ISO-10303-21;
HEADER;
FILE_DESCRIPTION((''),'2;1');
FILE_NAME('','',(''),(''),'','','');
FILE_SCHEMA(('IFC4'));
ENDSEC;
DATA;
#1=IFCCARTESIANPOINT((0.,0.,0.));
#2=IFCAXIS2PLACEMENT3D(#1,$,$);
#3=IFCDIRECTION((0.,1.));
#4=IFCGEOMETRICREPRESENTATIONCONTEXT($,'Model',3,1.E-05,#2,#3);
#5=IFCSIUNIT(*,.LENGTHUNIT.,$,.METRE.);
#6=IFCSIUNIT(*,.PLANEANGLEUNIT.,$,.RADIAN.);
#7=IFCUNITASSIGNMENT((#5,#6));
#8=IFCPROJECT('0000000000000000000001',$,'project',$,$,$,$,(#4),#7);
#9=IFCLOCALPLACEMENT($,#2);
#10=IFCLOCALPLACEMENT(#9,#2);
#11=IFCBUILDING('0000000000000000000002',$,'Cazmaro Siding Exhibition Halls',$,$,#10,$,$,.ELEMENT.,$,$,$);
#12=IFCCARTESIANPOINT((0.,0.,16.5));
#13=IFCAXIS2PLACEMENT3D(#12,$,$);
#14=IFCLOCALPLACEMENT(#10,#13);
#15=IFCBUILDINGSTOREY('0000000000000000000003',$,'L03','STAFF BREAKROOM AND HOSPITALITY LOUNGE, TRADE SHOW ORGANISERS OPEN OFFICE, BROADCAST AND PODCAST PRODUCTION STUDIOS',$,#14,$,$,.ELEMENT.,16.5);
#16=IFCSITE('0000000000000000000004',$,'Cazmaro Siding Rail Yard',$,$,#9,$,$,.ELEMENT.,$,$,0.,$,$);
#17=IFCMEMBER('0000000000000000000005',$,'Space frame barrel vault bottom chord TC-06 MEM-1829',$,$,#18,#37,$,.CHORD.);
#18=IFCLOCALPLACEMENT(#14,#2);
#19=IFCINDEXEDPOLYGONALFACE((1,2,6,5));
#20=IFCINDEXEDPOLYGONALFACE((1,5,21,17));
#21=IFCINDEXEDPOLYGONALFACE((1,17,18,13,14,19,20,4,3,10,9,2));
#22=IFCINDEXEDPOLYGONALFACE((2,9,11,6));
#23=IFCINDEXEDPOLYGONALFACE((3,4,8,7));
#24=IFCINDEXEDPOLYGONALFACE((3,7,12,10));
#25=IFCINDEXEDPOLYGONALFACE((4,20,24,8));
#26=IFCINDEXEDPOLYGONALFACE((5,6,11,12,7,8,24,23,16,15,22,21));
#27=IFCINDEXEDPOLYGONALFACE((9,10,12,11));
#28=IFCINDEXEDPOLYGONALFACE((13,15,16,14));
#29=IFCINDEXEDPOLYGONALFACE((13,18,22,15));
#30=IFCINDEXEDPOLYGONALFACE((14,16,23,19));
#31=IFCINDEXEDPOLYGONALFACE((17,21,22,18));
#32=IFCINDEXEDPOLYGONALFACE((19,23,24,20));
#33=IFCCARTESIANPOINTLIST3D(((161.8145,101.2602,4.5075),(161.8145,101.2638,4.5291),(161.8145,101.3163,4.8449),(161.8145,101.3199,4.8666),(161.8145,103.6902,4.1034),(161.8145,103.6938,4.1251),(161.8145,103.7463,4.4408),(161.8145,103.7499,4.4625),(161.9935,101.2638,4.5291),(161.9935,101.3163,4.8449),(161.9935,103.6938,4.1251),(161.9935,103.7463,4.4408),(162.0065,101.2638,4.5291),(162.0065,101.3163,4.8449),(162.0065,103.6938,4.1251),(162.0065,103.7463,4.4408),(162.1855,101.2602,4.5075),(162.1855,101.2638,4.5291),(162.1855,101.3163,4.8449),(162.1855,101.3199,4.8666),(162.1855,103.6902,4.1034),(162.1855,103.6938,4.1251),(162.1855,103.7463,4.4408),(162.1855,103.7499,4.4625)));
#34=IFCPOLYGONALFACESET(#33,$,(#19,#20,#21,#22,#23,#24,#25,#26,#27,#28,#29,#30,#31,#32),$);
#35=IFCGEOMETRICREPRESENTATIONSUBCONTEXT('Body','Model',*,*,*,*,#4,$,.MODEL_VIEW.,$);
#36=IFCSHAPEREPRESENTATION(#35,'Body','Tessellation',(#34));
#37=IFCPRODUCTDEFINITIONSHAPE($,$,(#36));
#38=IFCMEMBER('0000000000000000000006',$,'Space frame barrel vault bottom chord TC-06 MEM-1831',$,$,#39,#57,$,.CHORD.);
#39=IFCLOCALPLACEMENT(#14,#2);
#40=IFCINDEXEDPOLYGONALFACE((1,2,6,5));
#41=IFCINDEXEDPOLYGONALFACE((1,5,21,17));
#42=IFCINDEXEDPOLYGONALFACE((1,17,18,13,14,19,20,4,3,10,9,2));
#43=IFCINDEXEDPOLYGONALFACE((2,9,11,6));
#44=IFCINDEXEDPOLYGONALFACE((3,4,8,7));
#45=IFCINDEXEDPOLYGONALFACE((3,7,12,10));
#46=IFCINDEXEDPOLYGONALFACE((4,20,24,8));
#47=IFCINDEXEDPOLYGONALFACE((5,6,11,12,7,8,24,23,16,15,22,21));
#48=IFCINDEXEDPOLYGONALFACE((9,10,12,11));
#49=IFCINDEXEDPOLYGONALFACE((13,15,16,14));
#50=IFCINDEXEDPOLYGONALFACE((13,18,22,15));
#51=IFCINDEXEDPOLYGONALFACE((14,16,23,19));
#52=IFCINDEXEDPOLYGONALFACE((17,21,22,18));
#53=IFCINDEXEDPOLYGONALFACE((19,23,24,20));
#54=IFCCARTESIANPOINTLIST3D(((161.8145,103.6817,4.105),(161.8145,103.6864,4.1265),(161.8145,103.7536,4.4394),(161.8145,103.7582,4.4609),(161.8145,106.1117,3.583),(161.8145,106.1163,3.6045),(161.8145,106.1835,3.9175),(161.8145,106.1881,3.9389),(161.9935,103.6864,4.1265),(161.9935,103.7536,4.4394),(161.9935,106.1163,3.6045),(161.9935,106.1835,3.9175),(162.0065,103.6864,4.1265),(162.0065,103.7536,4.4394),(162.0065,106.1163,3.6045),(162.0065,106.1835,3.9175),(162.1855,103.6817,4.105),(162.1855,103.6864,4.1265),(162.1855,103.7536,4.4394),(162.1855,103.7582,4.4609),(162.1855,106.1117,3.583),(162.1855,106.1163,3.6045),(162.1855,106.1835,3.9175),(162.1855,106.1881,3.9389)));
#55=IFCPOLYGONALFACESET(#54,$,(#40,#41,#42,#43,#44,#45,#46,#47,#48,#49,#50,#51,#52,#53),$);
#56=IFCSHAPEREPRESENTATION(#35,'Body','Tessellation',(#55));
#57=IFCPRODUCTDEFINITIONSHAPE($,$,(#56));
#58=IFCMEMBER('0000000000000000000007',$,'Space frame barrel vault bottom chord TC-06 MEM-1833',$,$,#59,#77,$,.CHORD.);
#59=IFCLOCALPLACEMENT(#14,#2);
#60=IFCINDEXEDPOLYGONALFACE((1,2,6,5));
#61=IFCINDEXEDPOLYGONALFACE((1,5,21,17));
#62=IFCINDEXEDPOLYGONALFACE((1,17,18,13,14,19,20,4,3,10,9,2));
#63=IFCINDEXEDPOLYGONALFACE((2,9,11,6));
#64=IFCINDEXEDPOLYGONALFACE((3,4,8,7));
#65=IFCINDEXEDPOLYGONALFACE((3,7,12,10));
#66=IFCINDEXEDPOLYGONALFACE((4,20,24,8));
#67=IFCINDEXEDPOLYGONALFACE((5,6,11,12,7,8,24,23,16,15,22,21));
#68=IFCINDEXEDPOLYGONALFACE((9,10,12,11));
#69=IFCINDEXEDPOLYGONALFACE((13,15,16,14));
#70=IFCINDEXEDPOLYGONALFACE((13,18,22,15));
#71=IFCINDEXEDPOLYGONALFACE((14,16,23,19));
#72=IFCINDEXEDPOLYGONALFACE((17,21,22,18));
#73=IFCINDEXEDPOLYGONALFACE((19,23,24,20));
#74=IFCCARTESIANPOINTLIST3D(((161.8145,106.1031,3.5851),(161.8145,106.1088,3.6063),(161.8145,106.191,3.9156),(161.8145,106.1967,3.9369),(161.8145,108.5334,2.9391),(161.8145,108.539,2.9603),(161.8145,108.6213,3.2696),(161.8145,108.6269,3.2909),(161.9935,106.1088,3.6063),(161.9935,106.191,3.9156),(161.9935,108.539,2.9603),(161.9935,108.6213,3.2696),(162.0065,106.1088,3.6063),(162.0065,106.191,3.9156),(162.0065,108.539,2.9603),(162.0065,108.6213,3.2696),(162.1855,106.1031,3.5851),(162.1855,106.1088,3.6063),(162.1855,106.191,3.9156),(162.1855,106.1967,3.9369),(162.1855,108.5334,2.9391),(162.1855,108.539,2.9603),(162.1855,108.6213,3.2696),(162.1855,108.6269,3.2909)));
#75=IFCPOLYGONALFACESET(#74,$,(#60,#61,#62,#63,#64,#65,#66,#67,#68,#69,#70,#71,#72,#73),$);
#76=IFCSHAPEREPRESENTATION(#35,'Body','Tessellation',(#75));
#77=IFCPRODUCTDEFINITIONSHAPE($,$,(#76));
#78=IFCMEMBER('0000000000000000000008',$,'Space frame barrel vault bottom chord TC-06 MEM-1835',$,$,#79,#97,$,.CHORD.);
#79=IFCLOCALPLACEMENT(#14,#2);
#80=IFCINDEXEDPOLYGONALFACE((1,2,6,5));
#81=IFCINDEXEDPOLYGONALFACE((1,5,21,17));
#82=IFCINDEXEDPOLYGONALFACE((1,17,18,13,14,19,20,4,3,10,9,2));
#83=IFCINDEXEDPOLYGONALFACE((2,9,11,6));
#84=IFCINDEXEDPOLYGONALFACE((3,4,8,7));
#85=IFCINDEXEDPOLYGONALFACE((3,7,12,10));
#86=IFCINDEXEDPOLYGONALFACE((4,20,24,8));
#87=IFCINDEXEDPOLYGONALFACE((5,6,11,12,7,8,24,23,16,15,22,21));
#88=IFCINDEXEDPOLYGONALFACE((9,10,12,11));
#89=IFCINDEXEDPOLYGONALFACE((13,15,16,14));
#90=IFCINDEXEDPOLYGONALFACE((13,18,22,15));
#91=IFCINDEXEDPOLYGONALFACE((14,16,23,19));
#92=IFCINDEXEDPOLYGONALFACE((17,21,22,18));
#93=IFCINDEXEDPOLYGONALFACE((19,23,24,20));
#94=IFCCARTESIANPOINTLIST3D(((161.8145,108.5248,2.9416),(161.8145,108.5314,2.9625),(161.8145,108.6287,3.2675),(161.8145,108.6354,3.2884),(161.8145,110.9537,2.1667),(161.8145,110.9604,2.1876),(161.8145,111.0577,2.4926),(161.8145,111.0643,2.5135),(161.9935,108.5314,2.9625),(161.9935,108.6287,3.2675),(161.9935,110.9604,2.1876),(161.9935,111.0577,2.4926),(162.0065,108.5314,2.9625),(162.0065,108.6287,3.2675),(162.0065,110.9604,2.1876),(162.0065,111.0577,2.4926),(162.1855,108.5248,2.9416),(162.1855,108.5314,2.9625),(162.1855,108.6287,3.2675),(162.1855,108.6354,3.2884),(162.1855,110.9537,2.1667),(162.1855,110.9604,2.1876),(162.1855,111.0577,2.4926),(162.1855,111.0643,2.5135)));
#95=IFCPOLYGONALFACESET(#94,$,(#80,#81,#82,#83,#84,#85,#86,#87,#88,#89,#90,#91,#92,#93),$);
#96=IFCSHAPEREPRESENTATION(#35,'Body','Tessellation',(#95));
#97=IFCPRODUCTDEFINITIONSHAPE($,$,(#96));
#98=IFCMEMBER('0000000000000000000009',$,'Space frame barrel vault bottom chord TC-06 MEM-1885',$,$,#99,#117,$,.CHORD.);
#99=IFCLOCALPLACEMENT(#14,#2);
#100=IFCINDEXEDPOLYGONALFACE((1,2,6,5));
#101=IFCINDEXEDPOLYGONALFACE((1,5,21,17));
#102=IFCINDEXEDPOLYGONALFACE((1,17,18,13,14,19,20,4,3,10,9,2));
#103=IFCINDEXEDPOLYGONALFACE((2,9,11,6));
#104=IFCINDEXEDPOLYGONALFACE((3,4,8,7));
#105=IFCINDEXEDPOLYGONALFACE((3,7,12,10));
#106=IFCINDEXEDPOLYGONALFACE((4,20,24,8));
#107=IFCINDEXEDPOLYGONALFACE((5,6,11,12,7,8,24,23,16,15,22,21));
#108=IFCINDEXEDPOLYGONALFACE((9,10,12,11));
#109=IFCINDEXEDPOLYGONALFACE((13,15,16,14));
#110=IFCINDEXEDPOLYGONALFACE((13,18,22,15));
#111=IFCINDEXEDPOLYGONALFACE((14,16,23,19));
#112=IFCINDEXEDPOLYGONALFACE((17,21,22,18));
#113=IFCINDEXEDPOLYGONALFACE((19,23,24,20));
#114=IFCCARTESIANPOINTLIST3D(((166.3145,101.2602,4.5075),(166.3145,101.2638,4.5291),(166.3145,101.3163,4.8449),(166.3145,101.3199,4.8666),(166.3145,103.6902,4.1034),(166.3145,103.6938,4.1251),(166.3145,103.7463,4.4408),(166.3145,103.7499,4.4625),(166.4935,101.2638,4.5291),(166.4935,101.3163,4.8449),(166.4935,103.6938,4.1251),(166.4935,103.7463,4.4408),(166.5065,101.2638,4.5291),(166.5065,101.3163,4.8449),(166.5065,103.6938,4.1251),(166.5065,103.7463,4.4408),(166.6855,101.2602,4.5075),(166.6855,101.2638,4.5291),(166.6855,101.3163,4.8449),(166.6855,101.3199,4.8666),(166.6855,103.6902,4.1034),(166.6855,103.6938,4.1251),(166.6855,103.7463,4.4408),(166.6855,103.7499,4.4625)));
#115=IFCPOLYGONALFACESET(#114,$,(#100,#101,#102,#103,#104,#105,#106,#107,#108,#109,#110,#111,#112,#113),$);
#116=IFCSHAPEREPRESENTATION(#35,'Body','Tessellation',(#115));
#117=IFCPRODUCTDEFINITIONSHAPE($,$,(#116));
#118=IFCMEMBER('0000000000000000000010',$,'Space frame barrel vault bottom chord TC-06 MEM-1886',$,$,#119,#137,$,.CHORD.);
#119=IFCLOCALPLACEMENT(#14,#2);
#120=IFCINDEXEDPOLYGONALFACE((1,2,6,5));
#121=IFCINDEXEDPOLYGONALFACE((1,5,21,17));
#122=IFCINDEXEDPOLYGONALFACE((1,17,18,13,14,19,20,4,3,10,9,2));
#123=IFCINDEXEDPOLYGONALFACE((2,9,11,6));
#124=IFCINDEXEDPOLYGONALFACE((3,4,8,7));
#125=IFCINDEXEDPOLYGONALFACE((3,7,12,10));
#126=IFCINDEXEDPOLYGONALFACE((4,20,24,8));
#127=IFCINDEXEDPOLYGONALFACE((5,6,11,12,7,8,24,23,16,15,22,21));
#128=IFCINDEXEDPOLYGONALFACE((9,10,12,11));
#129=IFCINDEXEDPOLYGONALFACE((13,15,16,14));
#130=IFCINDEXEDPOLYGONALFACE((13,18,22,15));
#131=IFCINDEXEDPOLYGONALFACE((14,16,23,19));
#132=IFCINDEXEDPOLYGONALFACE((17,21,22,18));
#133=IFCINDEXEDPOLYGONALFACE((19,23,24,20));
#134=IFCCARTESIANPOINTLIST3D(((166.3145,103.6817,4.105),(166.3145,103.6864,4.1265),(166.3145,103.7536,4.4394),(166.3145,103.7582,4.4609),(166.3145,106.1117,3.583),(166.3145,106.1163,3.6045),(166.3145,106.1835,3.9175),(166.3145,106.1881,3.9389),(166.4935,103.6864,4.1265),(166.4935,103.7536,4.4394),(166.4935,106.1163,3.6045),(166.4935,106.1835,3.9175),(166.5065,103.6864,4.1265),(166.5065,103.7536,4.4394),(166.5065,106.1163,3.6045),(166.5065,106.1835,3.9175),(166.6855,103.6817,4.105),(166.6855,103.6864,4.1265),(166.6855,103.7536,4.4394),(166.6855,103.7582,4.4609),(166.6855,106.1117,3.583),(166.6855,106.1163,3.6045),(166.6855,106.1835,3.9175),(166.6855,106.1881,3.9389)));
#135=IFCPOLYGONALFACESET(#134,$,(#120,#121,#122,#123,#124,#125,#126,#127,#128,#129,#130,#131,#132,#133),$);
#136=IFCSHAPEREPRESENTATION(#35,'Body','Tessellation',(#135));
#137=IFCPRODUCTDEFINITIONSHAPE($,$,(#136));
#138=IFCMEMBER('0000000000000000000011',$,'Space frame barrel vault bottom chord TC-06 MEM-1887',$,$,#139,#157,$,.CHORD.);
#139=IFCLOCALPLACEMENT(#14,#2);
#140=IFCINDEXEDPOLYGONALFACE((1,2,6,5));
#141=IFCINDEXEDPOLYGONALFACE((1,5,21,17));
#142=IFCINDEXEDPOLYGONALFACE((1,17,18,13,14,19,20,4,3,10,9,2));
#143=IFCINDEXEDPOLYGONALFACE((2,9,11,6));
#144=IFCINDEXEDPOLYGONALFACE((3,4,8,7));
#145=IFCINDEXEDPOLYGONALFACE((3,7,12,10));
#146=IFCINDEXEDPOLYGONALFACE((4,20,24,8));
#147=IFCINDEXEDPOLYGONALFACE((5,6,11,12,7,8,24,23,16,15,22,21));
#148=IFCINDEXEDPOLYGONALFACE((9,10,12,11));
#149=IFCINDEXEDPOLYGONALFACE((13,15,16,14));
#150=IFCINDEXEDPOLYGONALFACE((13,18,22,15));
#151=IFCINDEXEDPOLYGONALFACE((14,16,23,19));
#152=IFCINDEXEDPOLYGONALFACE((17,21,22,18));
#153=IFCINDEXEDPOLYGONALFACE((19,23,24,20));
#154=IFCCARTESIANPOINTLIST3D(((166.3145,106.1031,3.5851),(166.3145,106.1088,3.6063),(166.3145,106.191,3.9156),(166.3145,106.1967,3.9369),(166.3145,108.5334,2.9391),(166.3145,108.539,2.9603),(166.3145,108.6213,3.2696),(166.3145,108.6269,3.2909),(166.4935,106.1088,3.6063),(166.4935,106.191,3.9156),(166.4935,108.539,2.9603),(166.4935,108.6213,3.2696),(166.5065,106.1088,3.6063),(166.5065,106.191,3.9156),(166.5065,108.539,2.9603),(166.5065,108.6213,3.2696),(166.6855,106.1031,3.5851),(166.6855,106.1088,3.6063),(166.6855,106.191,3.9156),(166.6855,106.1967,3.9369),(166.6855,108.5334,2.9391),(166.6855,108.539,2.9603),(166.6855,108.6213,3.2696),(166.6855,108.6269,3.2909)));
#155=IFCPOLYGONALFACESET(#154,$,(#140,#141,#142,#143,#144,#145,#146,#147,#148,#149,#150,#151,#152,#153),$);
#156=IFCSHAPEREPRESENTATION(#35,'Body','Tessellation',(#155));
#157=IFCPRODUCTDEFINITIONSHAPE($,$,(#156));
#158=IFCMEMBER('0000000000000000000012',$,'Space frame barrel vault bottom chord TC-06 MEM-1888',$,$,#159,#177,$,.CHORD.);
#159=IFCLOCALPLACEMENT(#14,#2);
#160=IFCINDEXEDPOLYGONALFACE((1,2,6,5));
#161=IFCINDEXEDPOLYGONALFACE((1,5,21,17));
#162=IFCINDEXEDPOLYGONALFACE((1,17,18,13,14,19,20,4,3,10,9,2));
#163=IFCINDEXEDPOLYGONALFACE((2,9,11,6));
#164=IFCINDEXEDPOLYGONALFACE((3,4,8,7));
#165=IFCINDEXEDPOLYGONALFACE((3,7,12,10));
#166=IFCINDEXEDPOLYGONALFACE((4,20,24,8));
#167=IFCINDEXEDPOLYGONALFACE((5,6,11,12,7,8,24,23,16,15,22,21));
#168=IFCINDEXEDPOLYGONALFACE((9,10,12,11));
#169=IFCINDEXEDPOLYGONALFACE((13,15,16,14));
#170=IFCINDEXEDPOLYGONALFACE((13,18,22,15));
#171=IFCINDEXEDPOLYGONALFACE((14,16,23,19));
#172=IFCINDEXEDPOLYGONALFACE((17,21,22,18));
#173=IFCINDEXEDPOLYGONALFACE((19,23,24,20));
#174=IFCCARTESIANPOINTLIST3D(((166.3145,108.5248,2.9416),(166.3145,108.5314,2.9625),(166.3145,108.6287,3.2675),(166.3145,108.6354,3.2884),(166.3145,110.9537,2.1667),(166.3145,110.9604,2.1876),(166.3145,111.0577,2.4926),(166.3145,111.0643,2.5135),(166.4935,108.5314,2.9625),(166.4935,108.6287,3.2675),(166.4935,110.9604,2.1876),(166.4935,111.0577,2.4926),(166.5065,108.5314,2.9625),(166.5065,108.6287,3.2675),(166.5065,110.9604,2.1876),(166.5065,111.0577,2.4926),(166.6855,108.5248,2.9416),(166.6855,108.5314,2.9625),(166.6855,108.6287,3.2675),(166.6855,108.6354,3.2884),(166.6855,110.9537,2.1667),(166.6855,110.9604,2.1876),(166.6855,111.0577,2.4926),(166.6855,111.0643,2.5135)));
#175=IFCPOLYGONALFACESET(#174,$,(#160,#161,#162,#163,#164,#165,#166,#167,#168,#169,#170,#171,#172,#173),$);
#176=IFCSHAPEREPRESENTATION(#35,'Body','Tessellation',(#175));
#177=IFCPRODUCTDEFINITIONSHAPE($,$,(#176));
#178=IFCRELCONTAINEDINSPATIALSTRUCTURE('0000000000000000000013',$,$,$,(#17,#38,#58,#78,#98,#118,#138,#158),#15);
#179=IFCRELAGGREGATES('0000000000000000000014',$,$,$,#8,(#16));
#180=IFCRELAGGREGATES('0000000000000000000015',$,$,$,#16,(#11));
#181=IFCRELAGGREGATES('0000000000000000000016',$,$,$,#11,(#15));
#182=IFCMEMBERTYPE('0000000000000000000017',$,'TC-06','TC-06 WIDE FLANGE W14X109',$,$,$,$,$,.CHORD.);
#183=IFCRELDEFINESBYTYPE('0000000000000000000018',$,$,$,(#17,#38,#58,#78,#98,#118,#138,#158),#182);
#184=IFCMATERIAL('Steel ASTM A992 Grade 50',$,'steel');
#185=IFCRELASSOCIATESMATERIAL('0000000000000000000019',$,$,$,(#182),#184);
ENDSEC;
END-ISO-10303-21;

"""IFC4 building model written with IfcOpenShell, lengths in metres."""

from ifc_helpers import new_model, si_unit, direction, frame, origin, origin_2d, place, context, subcontext, project, spatial, i_section, extrude, material, material_profile, profile_set, type_object, element, save


model = new_model("IFC4")

# Units and contexts
model_context = context("Model", 3, precision=1e-05, world=origin(), true_north=direction((0.0, 1.0)))
body_context = subcontext(model_context, "Body", "Model", "MODEL_VIEW")
ifc_project = project(units=[si_unit("LENGTHUNIT", "METRE"), si_unit("PLANEANGLEUNIT", "RADIAN")], contexts=[model_context])

# Site, building, storey
site_placement = place(None, origin())
site = spatial("IfcSite", under=ifc_project, at=site_placement, Name="Cazmaro Siding Rail Yard", CompositionType="ELEMENT", RefElevation=0.0)
building_placement = place(site_placement, origin())
building = spatial("IfcBuilding", under=site, at=building_placement, Name="Cazmaro Siding Exhibition Halls", CompositionType="ELEMENT")
storey_placement = place(building_placement, frame((0.0, 0.0, 16.5)))
storey = spatial("IfcBuildingStorey", under=building, at=storey_placement, Name="L03", Description="STAFF BREAKROOM AND HOSPITALITY LOUNGE, TRADE SHOW ORGANISERS OPEN OFFICE, BROADCAST AND PODCAST PRODUCTION STUDIOS", CompositionType="ELEMENT", Elevation=16.5)

# Members
ifc_material_1 = material(Name="Steel ASTM A992 Grade 50", Category="steel")
ifc_material_profile_1 = material_profile(ifc_material_1, i_section(OverallWidth=0.3711, OverallDepth=0.364, WebThickness=0.0129, FlangeThickness=0.022, at=origin_2d()), Name="W14X109")
ifc_profile_set_1 = profile_set([ifc_material_profile_1], Name="Steel ASTM A992 Grade 50")
member_type_1 = type_object("IfcMemberType", Name="TC-06", Description="TC-06 WIDE FLANGE W14X109", PredefinedType="CHORD", material=ifc_profile_set_1)
member_1_placement = place(storey_placement, frame((162.0, 101.29, 4.687), z_axis=(0.0, 0.986455, -0.164029), x_axis=(-1.0, 0.0, 0.0)))
element("IfcMember", 1, at=member_1_placement, inside=storey, type_object=member_type_1, Name="Space frame barrel vault bottom chord TC-06 MEM-1829", PredefinedType="CHORD", context=body_context, shape_type="SweptSolid", body=[
    extrude(i_section(OverallWidth=0.3711, OverallDepth=0.364, WebThickness=0.0129, FlangeThickness=0.022, at=origin_2d()), origin(), (0.0, 0.0, 1.0), 2.4634),
])
member_2_placement = place(storey_placement, frame((162.0, 103.72, 4.283), z_axis=(0.0, 0.977697, -0.210019), x_axis=(-1.0, 0.0, 0.0)))
element("IfcMember", 2, at=member_2_placement, inside=storey, type_object=member_type_1, Name="Space frame barrel vault bottom chord TC-06 MEM-1831", PredefinedType="CHORD", context=body_context, shape_type="SweptSolid", body=[
    extrude(i_section(OverallWidth=0.3711, OverallDepth=0.364, WebThickness=0.0129, FlangeThickness=0.022, at=origin_2d()), origin(), (0.0, 0.0, 1.0), 2.4854),
])
member_3_placement = place(storey_placement, frame((162.0, 106.1499, 3.761), z_axis=(0.0, 0.966438, -0.256901), x_axis=(-1.0, 0.0, 0.0)))
element("IfcMember", 3, at=member_3_placement, inside=storey, type_object=member_type_1, Name="Space frame barrel vault bottom chord TC-06 MEM-1833", PredefinedType="CHORD", context=body_context, shape_type="SweptSolid", body=[
    extrude(i_section(OverallWidth=0.3711, OverallDepth=0.364, WebThickness=0.0129, FlangeThickness=0.022, at=origin_2d()), origin(), (0.0, 0.0, 1.0), 2.5146),
])
member_4_placement = place(storey_placement, frame((162.0, 108.5801, 3.115), z_axis=(0.0, 0.952693, -0.303935), x_axis=(-1.0, 0.0, 0.0)))
element("IfcMember", 4, at=member_4_placement, inside=storey, type_object=member_type_1, Name="Space frame barrel vault bottom chord TC-06 MEM-1835", PredefinedType="CHORD", context=body_context, shape_type="SweptSolid", body=[
    extrude(i_section(OverallWidth=0.3711, OverallDepth=0.364, WebThickness=0.0129, FlangeThickness=0.022, at=origin_2d()), origin(), (0.0, 0.0, 1.0), 2.5496),
])
member_5_placement = place(storey_placement, frame((166.5, 101.29, 4.687), z_axis=(0.0, 0.986455, -0.164029), x_axis=(-1.0, 0.0, 0.0)))
element("IfcMember", 5, at=member_5_placement, inside=storey, type_object=member_type_1, Name="Space frame barrel vault bottom chord TC-06 MEM-1885", PredefinedType="CHORD", context=body_context, shape_type="SweptSolid", body=[
    extrude(i_section(OverallWidth=0.3711, OverallDepth=0.364, WebThickness=0.0129, FlangeThickness=0.022, at=origin_2d()), origin(), (0.0, 0.0, 1.0), 2.4634),
])
member_6_placement = place(storey_placement, frame((166.5, 103.72, 4.283), z_axis=(0.0, 0.977697, -0.210019), x_axis=(-1.0, 0.0, 0.0)))
element("IfcMember", 6, at=member_6_placement, inside=storey, type_object=member_type_1, Name="Space frame barrel vault bottom chord TC-06 MEM-1886", PredefinedType="CHORD", context=body_context, shape_type="SweptSolid", body=[
    extrude(i_section(OverallWidth=0.3711, OverallDepth=0.364, WebThickness=0.0129, FlangeThickness=0.022, at=origin_2d()), origin(), (0.0, 0.0, 1.0), 2.4854),
])
member_7_placement = place(storey_placement, frame((166.5, 106.1499, 3.761), z_axis=(0.0, 0.966438, -0.256901), x_axis=(-1.0, 0.0, 0.0)))
element("IfcMember", 7, at=member_7_placement, inside=storey, type_object=member_type_1, Name="Space frame barrel vault bottom chord TC-06 MEM-1887", PredefinedType="CHORD", context=body_context, shape_type="SweptSolid", body=[
    extrude(i_section(OverallWidth=0.3711, OverallDepth=0.364, WebThickness=0.0129, FlangeThickness=0.022, at=origin_2d()), origin(), (0.0, 0.0, 1.0), 2.5146),
])
member_8_placement = place(storey_placement, frame((166.5, 108.5801, 3.115), z_axis=(0.0, 0.952693, -0.303935), x_axis=(-1.0, 0.0, 0.0)))
element("IfcMember", 8, at=member_8_placement, inside=storey, type_object=member_type_1, Name="Space frame barrel vault bottom chord TC-06 MEM-1888", PredefinedType="CHORD", context=body_context, shape_type="SweptSolid", body=[
    extrude(i_section(OverallWidth=0.3711, OverallDepth=0.364, WebThickness=0.0129, FlangeThickness=0.022, at=origin_2d()), origin(), (0.0, 0.0, 1.0), 2.5496),
])

save(model, "model.ifc")
